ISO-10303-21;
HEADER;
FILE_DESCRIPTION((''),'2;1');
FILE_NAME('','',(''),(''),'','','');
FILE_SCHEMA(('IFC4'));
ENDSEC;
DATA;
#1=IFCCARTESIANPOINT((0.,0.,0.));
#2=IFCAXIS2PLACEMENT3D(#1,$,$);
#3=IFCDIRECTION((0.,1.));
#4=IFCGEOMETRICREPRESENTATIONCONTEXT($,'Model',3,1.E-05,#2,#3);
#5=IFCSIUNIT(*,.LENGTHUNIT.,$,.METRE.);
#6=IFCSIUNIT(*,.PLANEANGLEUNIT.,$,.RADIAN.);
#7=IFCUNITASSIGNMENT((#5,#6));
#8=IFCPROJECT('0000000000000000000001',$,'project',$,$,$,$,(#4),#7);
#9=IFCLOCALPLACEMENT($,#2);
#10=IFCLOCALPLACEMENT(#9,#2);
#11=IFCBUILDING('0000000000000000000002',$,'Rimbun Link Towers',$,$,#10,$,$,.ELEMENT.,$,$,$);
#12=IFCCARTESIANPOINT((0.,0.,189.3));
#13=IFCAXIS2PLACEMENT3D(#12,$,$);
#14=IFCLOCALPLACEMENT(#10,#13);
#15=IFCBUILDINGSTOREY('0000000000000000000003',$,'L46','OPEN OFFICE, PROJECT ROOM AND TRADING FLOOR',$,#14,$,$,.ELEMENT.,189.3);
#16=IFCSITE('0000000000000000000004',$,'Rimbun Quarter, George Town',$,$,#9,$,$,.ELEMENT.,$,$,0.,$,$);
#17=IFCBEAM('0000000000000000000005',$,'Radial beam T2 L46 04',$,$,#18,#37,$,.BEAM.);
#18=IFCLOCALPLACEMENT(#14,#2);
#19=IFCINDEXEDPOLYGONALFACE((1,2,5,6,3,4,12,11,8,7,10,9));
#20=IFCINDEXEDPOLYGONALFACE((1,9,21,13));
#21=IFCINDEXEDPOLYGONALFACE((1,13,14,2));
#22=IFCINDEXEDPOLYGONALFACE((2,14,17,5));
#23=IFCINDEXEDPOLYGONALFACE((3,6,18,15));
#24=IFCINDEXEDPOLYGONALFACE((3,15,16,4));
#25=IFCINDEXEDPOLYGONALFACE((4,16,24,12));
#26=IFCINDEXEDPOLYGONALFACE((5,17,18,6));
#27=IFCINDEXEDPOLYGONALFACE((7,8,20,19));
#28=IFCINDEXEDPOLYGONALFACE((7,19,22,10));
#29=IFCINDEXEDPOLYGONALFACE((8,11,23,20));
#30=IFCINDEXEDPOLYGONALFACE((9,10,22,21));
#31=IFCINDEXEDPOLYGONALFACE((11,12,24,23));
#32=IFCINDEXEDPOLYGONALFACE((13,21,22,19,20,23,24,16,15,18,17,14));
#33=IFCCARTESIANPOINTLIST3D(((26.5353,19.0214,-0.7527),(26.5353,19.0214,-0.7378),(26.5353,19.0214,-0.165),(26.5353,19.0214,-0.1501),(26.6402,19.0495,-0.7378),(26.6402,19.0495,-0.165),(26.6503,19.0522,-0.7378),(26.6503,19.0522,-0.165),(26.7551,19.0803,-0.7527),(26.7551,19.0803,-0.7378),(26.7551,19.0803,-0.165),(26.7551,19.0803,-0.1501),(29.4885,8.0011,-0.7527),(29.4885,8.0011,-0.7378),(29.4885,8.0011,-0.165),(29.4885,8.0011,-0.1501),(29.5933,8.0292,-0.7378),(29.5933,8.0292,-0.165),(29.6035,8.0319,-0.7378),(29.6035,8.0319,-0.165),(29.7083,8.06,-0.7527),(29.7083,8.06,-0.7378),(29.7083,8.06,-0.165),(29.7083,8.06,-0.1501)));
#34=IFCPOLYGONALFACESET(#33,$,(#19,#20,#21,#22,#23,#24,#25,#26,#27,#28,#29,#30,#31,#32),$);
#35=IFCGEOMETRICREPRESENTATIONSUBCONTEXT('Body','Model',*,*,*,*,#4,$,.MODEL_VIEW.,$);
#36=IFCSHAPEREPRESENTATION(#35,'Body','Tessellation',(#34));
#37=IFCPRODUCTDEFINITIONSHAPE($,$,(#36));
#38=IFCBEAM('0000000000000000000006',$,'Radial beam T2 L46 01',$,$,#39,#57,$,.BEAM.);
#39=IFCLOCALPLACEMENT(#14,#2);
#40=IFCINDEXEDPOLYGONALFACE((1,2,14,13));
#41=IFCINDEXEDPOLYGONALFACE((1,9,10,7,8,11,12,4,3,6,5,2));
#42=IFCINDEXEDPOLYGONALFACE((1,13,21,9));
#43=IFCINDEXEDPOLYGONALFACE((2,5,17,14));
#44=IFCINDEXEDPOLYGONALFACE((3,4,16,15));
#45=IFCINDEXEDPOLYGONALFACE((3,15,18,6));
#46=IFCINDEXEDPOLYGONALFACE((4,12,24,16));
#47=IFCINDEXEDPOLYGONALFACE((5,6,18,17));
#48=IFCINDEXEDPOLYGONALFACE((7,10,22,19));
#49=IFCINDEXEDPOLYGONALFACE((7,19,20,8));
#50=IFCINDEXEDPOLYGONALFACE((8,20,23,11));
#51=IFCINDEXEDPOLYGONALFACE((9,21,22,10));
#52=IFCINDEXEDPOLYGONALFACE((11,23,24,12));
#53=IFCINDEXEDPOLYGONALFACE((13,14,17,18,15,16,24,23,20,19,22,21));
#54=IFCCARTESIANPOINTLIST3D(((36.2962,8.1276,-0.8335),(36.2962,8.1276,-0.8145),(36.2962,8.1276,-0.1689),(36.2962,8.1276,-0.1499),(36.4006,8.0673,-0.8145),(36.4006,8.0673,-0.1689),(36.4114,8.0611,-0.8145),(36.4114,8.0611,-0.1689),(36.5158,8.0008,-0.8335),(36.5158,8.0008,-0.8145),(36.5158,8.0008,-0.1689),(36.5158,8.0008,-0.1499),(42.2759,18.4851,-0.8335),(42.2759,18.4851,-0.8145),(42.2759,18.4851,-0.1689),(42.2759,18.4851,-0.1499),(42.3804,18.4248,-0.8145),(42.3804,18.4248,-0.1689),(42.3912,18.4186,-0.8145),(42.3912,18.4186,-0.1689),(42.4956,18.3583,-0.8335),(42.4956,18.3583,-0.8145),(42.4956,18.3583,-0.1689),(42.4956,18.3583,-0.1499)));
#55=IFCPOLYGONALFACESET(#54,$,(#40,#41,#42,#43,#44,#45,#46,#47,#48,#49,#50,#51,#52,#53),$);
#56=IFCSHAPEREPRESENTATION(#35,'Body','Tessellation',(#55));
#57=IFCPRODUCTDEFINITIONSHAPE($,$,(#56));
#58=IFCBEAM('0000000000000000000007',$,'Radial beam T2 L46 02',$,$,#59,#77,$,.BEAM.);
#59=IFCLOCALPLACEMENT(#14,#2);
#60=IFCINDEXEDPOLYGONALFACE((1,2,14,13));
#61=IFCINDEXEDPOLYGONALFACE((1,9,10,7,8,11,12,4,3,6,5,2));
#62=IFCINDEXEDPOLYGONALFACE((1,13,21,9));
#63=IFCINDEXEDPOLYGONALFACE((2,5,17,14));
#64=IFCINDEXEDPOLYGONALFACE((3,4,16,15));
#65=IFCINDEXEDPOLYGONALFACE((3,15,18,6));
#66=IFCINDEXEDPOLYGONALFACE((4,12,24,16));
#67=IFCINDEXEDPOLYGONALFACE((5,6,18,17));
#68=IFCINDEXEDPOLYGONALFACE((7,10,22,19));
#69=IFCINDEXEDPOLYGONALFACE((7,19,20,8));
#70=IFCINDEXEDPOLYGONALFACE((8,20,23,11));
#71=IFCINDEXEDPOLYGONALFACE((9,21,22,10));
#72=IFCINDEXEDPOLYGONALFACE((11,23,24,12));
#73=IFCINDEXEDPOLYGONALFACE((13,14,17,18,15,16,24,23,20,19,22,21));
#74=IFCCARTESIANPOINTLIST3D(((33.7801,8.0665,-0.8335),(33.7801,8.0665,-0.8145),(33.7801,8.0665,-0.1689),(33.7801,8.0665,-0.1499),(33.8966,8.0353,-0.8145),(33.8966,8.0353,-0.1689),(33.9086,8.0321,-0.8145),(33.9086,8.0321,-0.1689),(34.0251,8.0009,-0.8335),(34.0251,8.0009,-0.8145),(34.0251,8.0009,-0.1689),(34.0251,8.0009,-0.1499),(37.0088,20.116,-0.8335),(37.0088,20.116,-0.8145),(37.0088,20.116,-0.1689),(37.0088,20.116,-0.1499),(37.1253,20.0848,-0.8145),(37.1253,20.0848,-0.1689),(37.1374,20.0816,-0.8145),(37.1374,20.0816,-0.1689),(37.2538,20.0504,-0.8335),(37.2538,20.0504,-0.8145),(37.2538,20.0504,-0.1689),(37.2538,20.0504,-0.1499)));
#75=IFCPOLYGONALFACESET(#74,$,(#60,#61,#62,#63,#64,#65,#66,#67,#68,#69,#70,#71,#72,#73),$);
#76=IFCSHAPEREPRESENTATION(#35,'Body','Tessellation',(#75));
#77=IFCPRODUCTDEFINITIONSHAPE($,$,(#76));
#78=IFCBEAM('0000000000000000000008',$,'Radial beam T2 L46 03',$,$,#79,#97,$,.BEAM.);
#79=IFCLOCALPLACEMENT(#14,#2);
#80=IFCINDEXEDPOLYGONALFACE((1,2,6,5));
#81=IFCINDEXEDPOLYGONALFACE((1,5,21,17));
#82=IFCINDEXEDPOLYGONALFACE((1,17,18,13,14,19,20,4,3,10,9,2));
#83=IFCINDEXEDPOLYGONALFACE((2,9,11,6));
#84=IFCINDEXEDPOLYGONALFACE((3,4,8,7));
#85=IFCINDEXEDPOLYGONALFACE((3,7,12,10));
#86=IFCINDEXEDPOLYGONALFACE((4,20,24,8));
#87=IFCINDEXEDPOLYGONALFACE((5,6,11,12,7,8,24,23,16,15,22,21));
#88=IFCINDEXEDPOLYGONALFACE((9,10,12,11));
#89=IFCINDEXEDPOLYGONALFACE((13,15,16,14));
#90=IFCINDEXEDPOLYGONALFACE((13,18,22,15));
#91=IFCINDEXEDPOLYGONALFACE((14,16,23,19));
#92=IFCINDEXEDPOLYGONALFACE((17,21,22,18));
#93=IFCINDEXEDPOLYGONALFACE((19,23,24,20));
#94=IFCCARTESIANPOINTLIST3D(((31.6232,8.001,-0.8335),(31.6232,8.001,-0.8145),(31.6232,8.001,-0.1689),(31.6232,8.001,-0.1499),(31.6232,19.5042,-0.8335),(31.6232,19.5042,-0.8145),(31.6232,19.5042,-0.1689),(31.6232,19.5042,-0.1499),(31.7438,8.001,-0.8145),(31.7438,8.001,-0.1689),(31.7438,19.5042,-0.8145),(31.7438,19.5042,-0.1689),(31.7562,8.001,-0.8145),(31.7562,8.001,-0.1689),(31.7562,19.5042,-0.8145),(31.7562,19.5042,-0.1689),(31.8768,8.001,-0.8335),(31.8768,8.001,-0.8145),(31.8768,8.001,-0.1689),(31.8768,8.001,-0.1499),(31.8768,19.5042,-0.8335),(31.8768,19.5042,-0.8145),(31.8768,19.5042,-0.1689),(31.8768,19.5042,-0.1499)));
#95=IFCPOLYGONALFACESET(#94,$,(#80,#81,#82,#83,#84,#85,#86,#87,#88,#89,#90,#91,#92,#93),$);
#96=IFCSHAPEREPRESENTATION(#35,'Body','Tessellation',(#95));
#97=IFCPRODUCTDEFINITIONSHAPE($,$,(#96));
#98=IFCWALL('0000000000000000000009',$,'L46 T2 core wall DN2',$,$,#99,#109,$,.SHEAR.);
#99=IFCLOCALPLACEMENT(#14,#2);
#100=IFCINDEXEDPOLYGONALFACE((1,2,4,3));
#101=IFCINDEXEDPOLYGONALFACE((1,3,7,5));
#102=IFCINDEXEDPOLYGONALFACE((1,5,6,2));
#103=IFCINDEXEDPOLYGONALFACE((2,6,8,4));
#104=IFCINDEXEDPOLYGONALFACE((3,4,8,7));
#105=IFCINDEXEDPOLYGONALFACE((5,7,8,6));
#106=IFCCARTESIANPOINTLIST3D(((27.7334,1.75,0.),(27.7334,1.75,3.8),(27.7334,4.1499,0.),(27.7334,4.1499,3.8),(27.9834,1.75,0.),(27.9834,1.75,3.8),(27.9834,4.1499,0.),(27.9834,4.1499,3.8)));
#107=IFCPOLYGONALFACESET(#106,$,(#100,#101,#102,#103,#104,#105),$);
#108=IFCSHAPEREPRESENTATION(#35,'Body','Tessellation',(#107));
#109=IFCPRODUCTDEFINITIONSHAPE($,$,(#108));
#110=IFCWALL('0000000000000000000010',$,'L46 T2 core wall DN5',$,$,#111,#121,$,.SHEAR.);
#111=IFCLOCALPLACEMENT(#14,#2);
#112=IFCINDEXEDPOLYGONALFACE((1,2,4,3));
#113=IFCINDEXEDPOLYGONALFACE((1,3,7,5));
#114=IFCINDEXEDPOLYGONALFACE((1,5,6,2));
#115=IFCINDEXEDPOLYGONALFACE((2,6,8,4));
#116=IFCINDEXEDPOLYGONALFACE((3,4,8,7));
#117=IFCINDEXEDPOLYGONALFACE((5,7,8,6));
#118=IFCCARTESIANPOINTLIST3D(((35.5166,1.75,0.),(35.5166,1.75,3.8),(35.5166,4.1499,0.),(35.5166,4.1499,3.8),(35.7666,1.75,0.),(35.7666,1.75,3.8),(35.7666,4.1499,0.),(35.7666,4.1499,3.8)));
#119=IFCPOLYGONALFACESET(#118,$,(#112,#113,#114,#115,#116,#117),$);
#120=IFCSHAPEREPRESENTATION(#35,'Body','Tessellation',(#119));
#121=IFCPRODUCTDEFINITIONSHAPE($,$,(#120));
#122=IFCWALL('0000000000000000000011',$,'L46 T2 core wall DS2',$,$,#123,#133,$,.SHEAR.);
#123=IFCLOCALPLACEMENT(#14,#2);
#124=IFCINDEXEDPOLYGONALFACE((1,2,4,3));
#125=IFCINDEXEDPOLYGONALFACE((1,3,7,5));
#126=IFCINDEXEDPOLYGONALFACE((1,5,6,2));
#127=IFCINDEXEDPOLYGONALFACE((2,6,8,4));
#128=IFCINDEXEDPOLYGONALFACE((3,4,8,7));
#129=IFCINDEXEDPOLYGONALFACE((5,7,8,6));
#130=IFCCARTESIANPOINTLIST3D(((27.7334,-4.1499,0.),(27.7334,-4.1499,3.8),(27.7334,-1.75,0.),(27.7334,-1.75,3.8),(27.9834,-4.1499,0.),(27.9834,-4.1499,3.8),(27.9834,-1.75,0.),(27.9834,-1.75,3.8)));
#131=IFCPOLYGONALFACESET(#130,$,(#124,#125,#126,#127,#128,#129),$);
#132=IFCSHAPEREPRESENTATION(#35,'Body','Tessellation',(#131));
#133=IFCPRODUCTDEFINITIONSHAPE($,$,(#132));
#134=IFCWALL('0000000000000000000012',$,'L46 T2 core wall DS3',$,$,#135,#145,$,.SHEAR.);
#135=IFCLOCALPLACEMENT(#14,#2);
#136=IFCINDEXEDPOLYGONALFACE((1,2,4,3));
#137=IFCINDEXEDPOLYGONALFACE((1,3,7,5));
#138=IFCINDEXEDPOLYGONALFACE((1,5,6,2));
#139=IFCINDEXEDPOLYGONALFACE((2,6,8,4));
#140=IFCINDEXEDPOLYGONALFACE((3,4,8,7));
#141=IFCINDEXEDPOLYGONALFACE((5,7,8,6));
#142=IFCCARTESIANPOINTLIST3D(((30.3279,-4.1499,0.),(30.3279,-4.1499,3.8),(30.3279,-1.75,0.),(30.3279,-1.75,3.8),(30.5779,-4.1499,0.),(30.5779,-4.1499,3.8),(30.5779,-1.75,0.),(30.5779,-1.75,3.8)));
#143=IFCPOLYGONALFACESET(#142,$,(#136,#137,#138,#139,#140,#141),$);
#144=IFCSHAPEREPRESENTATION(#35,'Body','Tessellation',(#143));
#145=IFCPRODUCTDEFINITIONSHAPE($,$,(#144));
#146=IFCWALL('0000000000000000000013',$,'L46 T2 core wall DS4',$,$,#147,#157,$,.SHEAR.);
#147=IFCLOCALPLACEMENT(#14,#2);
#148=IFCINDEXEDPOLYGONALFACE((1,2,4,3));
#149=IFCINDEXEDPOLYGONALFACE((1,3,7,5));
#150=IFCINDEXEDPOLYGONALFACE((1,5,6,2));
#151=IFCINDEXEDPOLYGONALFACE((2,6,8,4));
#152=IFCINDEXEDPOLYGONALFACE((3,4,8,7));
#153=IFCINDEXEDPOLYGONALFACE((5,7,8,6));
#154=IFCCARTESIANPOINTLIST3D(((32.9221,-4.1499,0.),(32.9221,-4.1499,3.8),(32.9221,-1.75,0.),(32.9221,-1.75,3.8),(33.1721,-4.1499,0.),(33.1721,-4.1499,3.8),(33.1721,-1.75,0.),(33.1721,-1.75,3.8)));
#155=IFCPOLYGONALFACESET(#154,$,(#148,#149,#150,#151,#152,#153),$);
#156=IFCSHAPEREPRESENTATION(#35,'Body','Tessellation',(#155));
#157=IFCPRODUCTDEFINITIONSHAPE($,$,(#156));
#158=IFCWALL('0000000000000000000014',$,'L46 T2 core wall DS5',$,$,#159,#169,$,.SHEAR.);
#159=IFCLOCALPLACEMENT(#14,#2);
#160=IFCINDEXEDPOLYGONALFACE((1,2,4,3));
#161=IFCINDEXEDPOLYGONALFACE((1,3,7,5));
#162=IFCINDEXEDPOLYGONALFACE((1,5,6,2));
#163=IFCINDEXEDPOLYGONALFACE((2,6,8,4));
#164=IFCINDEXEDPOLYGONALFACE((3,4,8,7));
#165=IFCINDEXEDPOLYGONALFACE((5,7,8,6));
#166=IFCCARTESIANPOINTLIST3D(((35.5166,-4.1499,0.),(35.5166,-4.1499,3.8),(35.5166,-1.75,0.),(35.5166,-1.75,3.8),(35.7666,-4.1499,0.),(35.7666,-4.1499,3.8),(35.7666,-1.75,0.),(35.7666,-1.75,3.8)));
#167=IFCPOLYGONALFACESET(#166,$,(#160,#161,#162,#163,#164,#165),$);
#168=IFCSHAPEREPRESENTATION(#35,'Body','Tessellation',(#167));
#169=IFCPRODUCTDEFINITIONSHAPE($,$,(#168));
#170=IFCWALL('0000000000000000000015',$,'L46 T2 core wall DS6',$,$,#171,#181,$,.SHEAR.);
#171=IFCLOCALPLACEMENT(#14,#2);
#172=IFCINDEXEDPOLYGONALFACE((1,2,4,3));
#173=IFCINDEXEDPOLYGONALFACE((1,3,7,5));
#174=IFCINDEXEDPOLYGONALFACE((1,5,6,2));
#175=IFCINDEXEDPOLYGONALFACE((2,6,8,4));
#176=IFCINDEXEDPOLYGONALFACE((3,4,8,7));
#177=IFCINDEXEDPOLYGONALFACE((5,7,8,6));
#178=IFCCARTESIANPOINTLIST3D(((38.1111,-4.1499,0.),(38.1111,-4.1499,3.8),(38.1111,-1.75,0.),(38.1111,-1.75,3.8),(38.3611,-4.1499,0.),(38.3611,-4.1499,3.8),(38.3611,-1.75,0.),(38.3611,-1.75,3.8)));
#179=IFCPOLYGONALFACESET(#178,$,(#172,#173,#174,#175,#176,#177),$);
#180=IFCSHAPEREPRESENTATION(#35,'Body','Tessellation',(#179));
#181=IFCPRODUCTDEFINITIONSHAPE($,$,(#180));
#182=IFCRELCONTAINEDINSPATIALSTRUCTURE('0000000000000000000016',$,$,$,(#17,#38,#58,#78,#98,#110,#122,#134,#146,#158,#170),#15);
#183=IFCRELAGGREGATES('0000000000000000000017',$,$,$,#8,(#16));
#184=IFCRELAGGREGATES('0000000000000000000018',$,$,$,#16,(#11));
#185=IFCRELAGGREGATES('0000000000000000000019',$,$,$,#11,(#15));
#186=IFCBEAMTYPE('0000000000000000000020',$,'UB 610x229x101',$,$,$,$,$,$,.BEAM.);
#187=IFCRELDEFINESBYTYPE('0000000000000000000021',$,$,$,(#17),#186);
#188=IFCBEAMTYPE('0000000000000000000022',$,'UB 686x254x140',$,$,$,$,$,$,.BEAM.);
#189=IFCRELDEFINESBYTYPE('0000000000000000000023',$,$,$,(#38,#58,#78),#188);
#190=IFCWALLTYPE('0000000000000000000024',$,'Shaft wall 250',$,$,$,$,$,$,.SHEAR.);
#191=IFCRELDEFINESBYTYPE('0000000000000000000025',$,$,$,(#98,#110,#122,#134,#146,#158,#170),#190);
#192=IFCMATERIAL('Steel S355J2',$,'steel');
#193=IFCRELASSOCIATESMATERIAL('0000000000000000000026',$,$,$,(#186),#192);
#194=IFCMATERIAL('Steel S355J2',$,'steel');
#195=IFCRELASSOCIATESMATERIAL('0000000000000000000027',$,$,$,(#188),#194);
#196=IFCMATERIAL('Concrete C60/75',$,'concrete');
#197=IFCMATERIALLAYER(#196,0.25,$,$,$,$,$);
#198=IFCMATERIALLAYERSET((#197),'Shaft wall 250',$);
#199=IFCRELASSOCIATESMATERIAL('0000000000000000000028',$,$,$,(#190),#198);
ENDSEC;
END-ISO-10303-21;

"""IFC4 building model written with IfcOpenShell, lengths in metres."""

from ifc_helpers import new_model, si_unit, direction, frame, frame_2d, origin, origin_2d, place, context, subcontext, project, spatial, rectangle, i_section, extrude, material, layer, layer_set, material_profile, profile_set, type_object, element, save


model = new_model("IFC4")

# Units and contexts
model_context = context("Model", 3, precision=1e-05, world=origin(), true_north=direction((0.0, 1.0)))
body_context = subcontext(model_context, "Body", "Model", "MODEL_VIEW")
ifc_project = project(units=[si_unit("LENGTHUNIT", "METRE"), si_unit("PLANEANGLEUNIT", "RADIAN")], contexts=[model_context])

# Site, building, storey
site_placement = place(None, origin())
site = spatial("IfcSite", under=ifc_project, at=site_placement, Name="Rimbun Quarter, George Town", CompositionType="ELEMENT", RefElevation=0.0)
building_placement = place(site_placement, origin())
building = spatial("IfcBuilding", under=site, at=building_placement, Name="Rimbun Link Towers", CompositionType="ELEMENT")
storey_placement = place(building_placement, frame((0.0, 0.0, 189.3)))
storey = spatial("IfcBuildingStorey", under=building, at=storey_placement, Name="L46", Description="OPEN OFFICE, PROJECT ROOM AND TRADING FLOOR", CompositionType="ELEMENT", Elevation=189.3)

# Beams
ifc_material_1 = material(Name="Steel S355J2", Category="steel")
ifc_material_profile_1 = material_profile(ifc_material_1, i_section(OverallWidth=0.2275, OverallDepth=0.6025, WebThickness=0.0105, FlangeThickness=0.0149, at=origin_2d()), Name="UB 610x229x101")
ifc_profile_set_1 = profile_set([ifc_material_profile_1], Name="Steel S355J2")
beam_type_1 = type_object("IfcBeamType", Name="UB 610x229x101", PredefinedType="BEAM", material=ifc_profile_set_1)
beam_1_placement = place(storey_placement, frame((29.5984, 8.0305, -0.4514), z_axis=(-0.25884, 0.96592, 0.0), x_axis=(-0.96592, -0.25884, 0.0)))
element("IfcBeam", 1, at=beam_1_placement, inside=storey, type_object=beam_type_1, Name="Radial beam T2 L46 04", PredefinedType="BEAM", context=body_context, shape_type="SweptSolid", body=[
    extrude(i_section(OverallWidth=0.2275, OverallDepth=0.6025, WebThickness=0.0105, FlangeThickness=0.0149, at=origin_2d()), origin(), (0.0, 0.0, 1.0), 11.4092),
])
ifc_material_2 = material(Name="Steel S355J2", Category="steel")
ifc_material_profile_2 = material_profile(ifc_material_2, i_section(OverallWidth=0.2537, OverallDepth=0.6836, WebThickness=0.0125, FlangeThickness=0.019, at=origin_2d()), Name="UB 686x254x140")
ifc_profile_set_2 = profile_set([ifc_material_profile_2], Name="Steel S355J2")
beam_type_2 = type_object("IfcBeamType", Name="UB 686x254x140", PredefinedType="BEAM", material=ifc_profile_set_2)
beam_2_placement = place(storey_placement, frame((36.406, 8.0642, -0.4917), z_axis=(0.499992, 0.86603, 0.0), x_axis=(-0.86603, 0.499992, 0.0)))
element("IfcBeam", 2, at=beam_2_placement, inside=storey, type_object=beam_type_2, Name="Radial beam T2 L46 01", PredefinedType="BEAM", context=body_context, shape_type="SweptSolid", body=[
    extrude(i_section(OverallWidth=0.2537, OverallDepth=0.6836, WebThickness=0.0125, FlangeThickness=0.019, at=origin_2d()), origin(), (0.0, 0.0, 1.0), 11.9597),
])
beam_3_placement = place(storey_placement, frame((33.9026, 8.0337, -0.4917), z_axis=(0.258826, 0.965924, 0.0), x_axis=(-0.965924, 0.258826, 0.0)))
element("IfcBeam", 3, at=beam_3_placement, inside=storey, type_object=beam_type_2, Name="Radial beam T2 L46 02", PredefinedType="BEAM", context=body_context, shape_type="SweptSolid", body=[
    extrude(i_section(OverallWidth=0.2537, OverallDepth=0.6836, WebThickness=0.0125, FlangeThickness=0.019, at=origin_2d()), origin(), (0.0, 0.0, 1.0), 12.4746),
])
beam_4_placement = place(storey_placement, frame((31.75, 8.001, -0.4917), z_axis=(0.0, 1.0, 0.0), x_axis=(-1.0, 0.0, 0.0)))
element("IfcBeam", 4, at=beam_4_placement, inside=storey, type_object=beam_type_2, Name="Radial beam T2 L46 03", PredefinedType="BEAM", context=body_context, shape_type="SweptSolid", body=[
    extrude(i_section(OverallWidth=0.2537, OverallDepth=0.6836, WebThickness=0.0125, FlangeThickness=0.019, at=origin_2d()), origin(), (0.0, 0.0, 1.0), 11.5032),
])

# Walls
ifc_material_3 = material(Name="Concrete C60/75", Category="concrete")
ifc_layer = layer(ifc_material_3, 0.25)
ifc_layer_set = layer_set([ifc_layer], Name="Shaft wall 250")
wall_type = type_object("IfcWallType", Name="Shaft wall 250", PredefinedType="SHEAR", material=ifc_layer_set)
for number, where, z_axis, x_axis, name in (
    (5, (27.8584, 1.75, 0.0), (0.0, 0.0, 1.0), (0.0, 1.0, 0.0), "L46 T2 core wall DN2"),
    (6, (35.6416, 1.75, 0.0), (0.0, 0.0, 1.0), (0.0, 1.0, 0.0), "L46 T2 core wall DN5"),
    (7, (27.8584, -4.1499, 0.0), (0.0, 0.0, 1.0), (0.0, 1.0, 0.0), "L46 T2 core wall DS2"),
    (8, (30.4529, -4.1499, 0.0), (0.0, 0.0, 1.0), (0.0, 1.0, 0.0), "L46 T2 core wall DS3"),
    (9, (33.0471, -4.1499, 0.0), (0.0, 0.0, 1.0), (0.0, 1.0, 0.0), "L46 T2 core wall DS4"),
    (10, (35.6416, -4.1499, 0.0), (0.0, 0.0, 1.0), (0.0, 1.0, 0.0), "L46 T2 core wall DS5"),
    (11, (38.2361, -4.1499, 0.0), (0.0, 0.0, 1.0), (0.0, 1.0, 0.0), "L46 T2 core wall DS6"),
):
    element("IfcWall", number, at=place(storey_placement, frame(where, z_axis=z_axis, x_axis=x_axis)), inside=storey, type_object=wall_type, Name=name, PredefinedType="SHEAR", context=body_context, shape_type="SweptSolid", body=[
        extrude(rectangle(XDim=2.3999, YDim=0.25, at=frame_2d((1.2, 0.0))), origin(), (0.0, 0.0, 1.0), 3.8),
    ])

save(model, "model.ifc")
